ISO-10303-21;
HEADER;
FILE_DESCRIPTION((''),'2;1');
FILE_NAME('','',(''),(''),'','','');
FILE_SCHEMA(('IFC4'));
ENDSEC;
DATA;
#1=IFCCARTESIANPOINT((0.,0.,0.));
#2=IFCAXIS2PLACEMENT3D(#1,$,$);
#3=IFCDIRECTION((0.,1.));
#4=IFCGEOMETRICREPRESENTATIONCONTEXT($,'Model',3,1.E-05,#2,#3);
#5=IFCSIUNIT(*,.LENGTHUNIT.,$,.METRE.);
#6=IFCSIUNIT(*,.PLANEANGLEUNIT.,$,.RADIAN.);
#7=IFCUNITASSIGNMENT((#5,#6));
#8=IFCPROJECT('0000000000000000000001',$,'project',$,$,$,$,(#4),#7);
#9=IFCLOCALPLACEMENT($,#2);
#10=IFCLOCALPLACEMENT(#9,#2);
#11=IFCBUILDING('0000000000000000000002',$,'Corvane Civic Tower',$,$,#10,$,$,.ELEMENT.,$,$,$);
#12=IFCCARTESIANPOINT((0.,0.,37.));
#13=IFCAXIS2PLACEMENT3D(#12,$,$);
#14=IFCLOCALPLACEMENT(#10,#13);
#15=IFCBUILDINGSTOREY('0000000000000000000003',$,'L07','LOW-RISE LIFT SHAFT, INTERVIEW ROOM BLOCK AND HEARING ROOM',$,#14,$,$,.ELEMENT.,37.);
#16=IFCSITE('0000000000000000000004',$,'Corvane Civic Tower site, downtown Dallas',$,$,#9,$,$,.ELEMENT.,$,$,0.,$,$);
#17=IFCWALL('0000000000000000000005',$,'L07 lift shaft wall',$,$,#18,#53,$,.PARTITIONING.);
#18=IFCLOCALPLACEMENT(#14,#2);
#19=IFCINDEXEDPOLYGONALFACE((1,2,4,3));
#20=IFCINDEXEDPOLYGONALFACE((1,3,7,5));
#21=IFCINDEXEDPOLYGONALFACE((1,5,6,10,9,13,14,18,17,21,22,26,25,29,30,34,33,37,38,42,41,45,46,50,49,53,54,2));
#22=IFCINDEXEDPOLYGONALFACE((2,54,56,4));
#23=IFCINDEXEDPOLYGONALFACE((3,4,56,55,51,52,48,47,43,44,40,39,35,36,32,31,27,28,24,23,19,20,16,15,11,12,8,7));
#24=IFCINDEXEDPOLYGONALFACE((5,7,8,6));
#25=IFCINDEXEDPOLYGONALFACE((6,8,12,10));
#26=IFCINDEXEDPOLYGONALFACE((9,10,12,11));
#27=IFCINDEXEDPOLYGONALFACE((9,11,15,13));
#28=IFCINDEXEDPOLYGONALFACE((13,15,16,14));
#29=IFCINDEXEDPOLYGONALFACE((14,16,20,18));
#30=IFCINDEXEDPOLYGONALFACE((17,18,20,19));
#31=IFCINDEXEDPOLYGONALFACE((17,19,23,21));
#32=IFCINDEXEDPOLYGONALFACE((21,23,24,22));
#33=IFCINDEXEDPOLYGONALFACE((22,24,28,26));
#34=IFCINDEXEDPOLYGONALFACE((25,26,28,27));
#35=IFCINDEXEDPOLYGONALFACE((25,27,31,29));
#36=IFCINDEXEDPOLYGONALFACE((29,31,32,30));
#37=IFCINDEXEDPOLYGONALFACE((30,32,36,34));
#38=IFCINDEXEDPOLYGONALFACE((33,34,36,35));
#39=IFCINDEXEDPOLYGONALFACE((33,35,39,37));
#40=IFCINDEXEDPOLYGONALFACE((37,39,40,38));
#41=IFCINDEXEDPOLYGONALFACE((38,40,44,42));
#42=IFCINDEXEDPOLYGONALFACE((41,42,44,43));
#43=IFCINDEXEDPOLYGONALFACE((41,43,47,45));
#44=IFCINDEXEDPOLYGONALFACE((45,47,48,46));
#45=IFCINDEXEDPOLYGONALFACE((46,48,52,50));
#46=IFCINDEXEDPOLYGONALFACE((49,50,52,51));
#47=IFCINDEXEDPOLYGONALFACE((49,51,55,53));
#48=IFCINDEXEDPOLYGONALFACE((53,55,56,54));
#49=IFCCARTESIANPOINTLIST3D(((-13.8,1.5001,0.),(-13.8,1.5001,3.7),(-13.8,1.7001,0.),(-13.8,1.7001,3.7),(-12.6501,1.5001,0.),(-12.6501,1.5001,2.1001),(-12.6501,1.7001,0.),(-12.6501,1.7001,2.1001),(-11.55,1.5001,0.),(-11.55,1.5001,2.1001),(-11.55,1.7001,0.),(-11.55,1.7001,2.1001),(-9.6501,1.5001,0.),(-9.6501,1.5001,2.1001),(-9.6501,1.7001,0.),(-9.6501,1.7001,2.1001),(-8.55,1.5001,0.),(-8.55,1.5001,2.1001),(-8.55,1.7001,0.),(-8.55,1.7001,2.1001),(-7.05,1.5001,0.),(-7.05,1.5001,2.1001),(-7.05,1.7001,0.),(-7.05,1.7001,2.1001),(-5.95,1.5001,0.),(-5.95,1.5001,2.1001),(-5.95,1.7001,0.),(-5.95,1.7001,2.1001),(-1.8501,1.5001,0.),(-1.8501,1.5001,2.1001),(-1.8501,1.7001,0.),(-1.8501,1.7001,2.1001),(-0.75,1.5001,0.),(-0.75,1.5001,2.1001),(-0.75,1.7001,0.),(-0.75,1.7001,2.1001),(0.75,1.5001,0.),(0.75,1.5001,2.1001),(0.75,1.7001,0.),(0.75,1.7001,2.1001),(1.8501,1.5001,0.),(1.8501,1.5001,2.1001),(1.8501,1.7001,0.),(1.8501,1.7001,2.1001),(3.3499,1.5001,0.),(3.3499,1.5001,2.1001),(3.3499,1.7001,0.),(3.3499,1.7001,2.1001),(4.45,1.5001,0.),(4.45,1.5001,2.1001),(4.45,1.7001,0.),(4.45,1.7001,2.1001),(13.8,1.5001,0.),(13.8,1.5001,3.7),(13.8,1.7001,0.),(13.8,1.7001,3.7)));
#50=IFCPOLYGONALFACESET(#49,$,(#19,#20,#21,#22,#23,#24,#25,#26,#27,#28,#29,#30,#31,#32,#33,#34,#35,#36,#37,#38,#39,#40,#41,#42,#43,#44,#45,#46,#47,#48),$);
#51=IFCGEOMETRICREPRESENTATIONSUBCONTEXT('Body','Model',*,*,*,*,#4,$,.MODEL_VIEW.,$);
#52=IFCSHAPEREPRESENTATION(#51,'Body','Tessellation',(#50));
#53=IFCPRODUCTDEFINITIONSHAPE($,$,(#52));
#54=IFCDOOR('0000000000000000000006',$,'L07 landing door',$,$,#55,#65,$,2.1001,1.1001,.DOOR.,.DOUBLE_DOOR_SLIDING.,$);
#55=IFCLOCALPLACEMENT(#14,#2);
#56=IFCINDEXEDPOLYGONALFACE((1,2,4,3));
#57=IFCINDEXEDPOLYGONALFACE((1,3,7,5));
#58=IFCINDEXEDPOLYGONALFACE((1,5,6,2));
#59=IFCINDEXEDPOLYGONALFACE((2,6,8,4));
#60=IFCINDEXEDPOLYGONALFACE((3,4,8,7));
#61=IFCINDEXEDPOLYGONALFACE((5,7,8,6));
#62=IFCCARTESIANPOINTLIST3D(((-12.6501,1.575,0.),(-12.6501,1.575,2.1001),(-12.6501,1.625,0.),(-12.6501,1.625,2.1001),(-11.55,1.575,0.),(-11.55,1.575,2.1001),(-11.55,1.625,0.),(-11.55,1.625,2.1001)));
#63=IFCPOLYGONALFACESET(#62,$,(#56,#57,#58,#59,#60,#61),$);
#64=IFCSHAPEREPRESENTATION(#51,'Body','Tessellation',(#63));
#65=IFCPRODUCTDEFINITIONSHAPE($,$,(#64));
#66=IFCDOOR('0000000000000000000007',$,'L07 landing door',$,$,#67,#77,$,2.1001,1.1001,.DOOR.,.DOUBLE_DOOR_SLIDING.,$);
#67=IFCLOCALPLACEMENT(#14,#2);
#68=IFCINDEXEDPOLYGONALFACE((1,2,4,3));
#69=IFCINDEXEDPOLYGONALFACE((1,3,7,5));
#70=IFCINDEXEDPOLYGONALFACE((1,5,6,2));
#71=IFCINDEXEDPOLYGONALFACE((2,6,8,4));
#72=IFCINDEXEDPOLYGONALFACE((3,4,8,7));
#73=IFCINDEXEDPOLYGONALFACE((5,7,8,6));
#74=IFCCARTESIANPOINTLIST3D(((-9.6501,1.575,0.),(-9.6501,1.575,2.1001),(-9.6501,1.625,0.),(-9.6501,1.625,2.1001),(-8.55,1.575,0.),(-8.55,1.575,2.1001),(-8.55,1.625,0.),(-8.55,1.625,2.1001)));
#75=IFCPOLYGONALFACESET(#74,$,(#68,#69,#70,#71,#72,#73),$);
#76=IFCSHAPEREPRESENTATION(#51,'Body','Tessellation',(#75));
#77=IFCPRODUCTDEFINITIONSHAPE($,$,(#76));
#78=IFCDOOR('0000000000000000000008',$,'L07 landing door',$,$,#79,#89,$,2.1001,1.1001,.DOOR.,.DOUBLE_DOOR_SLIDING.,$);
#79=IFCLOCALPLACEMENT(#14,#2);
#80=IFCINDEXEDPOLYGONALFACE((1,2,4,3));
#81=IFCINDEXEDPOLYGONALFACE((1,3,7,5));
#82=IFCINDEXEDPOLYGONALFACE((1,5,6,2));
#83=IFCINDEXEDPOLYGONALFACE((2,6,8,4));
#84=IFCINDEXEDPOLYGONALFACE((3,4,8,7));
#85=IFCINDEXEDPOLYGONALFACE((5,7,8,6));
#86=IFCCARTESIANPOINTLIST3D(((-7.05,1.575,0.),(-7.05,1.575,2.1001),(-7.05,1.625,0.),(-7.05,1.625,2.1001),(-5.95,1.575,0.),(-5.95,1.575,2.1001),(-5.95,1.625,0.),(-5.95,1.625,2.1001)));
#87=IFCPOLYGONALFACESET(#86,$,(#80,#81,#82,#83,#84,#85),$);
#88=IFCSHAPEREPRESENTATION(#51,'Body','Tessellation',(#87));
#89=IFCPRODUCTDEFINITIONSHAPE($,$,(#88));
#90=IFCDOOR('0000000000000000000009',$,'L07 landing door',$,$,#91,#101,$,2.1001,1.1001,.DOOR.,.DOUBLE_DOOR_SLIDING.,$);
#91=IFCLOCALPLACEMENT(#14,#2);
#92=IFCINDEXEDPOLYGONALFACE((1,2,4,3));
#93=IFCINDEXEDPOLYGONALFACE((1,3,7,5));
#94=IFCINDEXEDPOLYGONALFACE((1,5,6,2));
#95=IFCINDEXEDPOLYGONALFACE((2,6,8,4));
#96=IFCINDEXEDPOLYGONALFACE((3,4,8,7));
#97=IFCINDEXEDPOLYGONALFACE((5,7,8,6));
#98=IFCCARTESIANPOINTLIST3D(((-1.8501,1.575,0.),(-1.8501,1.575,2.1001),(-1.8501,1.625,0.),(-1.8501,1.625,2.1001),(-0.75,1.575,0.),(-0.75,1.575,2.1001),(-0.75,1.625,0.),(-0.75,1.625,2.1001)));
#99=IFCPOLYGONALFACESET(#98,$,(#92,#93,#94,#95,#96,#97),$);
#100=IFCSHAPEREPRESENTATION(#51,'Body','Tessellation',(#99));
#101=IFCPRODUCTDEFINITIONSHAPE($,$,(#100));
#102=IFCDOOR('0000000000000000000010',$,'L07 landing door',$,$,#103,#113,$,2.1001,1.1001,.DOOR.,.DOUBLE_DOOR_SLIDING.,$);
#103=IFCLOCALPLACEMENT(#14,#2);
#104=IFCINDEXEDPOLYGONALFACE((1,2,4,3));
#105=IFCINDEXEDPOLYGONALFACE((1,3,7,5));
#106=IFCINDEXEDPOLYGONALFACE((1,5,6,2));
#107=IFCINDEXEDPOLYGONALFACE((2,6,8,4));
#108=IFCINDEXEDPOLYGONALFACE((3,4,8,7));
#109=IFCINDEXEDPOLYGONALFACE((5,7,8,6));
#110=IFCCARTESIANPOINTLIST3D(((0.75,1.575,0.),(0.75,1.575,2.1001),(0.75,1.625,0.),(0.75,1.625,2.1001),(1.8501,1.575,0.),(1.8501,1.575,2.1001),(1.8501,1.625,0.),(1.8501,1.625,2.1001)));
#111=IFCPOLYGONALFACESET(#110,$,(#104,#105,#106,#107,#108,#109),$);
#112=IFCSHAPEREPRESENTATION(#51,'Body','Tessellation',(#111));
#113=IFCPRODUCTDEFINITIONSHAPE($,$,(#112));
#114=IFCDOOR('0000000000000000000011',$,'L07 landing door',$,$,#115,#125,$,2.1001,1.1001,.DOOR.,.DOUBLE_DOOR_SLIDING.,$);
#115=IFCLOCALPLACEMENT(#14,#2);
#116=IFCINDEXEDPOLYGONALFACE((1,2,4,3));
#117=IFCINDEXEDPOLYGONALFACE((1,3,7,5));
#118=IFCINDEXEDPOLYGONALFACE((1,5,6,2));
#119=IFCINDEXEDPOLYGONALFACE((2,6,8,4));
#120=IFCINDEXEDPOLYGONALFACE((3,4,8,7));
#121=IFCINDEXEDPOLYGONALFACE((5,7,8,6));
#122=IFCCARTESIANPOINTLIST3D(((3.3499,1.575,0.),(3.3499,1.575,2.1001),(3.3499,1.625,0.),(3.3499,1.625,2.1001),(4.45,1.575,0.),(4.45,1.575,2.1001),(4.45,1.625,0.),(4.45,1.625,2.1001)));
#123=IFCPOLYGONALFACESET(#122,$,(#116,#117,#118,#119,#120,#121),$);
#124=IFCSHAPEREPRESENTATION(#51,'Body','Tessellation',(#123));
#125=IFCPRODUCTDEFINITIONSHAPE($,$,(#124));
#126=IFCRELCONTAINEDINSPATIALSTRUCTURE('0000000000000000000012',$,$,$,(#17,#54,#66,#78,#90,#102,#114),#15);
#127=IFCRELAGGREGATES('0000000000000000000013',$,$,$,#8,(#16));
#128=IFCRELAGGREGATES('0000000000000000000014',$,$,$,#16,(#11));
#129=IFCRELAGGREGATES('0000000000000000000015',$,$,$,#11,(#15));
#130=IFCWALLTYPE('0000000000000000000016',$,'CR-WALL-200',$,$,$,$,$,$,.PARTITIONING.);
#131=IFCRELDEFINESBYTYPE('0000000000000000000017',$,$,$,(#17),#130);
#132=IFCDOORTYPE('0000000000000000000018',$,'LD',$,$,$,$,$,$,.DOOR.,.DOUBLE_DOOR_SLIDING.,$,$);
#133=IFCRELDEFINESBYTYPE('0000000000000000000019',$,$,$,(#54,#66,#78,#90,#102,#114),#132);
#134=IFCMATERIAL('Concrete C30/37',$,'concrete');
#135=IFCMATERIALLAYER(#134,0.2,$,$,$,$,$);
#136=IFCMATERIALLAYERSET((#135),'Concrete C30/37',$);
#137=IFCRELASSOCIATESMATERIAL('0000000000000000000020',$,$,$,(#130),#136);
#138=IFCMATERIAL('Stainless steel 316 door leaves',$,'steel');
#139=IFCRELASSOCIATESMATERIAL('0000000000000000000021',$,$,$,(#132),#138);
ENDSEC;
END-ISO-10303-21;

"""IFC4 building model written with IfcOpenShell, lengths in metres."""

from ifc_helpers import new_model, si_unit, direction, frame, frame_2d, origin, place, context, subcontext, project, spatial, rectangle, extrude, material, layer, layer_set, type_object, element, fill, save


model = new_model("IFC4")

# Units and contexts
model_context = context("Model", 3, precision=1e-05, world=origin(), true_north=direction((0.0, 1.0)))
body_context = subcontext(model_context, "Body", "Model", "MODEL_VIEW")
ifc_project = project(units=[si_unit("LENGTHUNIT", "METRE"), si_unit("PLANEANGLEUNIT", "RADIAN")], contexts=[model_context])

# Site, building, storey
site_placement = place(None, origin())
site = spatial("IfcSite", under=ifc_project, at=site_placement, Name="Corvane Civic Tower site, downtown Dallas", CompositionType="ELEMENT", RefElevation=0.0)
building_placement = place(site_placement, origin())
building = spatial("IfcBuilding", under=site, at=building_placement, Name="Corvane Civic Tower", CompositionType="ELEMENT")
storey_placement = place(building_placement, frame((0.0, 0.0, 37.0)))
storey = spatial("IfcBuildingStorey", under=building, at=storey_placement, Name="L07", Description="LOW-RISE LIFT SHAFT, INTERVIEW ROOM BLOCK AND HEARING ROOM", CompositionType="ELEMENT", Elevation=37.0)

# Wall, openings, doors
ifc_material_1 = material(Name="Concrete C30/37", Category="concrete")
ifc_layer = layer(ifc_material_1, 0.2)
ifc_layer_set = layer_set([ifc_layer], Name="Concrete C30/37")
wall_type = type_object("IfcWallType", Name="CR-WALL-200", PredefinedType="PARTITIONING", material=ifc_layer_set)
ifc_material_2 = material(Name="Stainless steel 316 door leaves", Category="steel")
door_type_1 = type_object("IfcDoorType", Name="LD", OperationType="DOUBLE_DOOR_SLIDING", PredefinedType="DOOR", material=ifc_material_2)
wall_1_placement = place(storey_placement, frame((-13.8, 1.6001, 0.0), z_axis=(0.0, 0.0, 1.0), x_axis=(1.0, 0.0, 0.0)))
wall_1 = element("IfcWall", 1, at=wall_1_placement, inside=storey, type_object=wall_type, Name="L07 lift shaft wall", PredefinedType="PARTITIONING", context=body_context, shape_type="SweptSolid", body=[
    extrude(rectangle(XDim=27.6001, YDim=0.2, at=frame_2d((13.8, 0.0))), origin(), (0.0, 0.0, 1.0), 3.7),
])
opening_1_placement = place(wall_1_placement, frame((1.1499, 0.0, 0.0)))
opening_1 = element("IfcOpeningElement", 2, at=opening_1_placement, cuts=wall_1, PredefinedType="OPENING", context=body_context, shape_type="SweptSolid", body=[
    extrude(rectangle(XDim=1.1001, YDim=2.1001, at=frame_2d((0.55, 1.05))), frame((0.0, 0.1099, 0.0), z_axis=(0.0, -1.0, 0.0), x_axis=(1.0, 0.0, 0.0)), (0.0, 0.0, 1.0), 0.22),
])
opening_2_placement = place(wall_1_placement, frame((4.1499, 0.0, 0.0)))
opening_2 = element("IfcOpeningElement", 3, at=opening_2_placement, cuts=wall_1, PredefinedType="OPENING", context=body_context, shape_type="SweptSolid", body=[
    extrude(rectangle(XDim=1.1001, YDim=2.1001, at=frame_2d((0.55, 1.05))), frame((0.0, 0.1099, 0.0), z_axis=(0.0, -1.0, 0.0), x_axis=(1.0, 0.0, 0.0)), (0.0, 0.0, 1.0), 0.22),
])
opening_3_placement = place(wall_1_placement, frame((6.75, 0.0, 0.0)))
opening_3 = element("IfcOpeningElement", 4, at=opening_3_placement, cuts=wall_1, PredefinedType="OPENING", context=body_context, shape_type="SweptSolid", body=[
    extrude(rectangle(XDim=1.1001, YDim=2.1001, at=frame_2d((0.55, 1.05))), frame((0.0, 0.1099, 0.0), z_axis=(0.0, -1.0, 0.0), x_axis=(1.0, 0.0, 0.0)), (0.0, 0.0, 1.0), 0.22),
])
opening_4_placement = place(wall_1_placement, frame((11.95, 0.0, 0.0)))
opening_4 = element("IfcOpeningElement", 5, at=opening_4_placement, cuts=wall_1, PredefinedType="OPENING", context=body_context, shape_type="SweptSolid", body=[
    extrude(rectangle(XDim=1.1001, YDim=2.1001, at=frame_2d((0.55, 1.05))), frame((0.0, 0.1099, 0.0), z_axis=(0.0, -1.0, 0.0), x_axis=(1.0, 0.0, 0.0)), (0.0, 0.0, 1.0), 0.22),
])
opening_5_placement = place(wall_1_placement, frame((14.55, 0.0, 0.0)))
opening_5 = element("IfcOpeningElement", 6, at=opening_5_placement, cuts=wall_1, PredefinedType="OPENING", context=body_context, shape_type="SweptSolid", body=[
    extrude(rectangle(XDim=1.1001, YDim=2.1001, at=frame_2d((0.55, 1.05))), frame((0.0, 0.1099, 0.0), z_axis=(0.0, -1.0, 0.0), x_axis=(1.0, 0.0, 0.0)), (0.0, 0.0, 1.0), 0.22),
])
opening_6_placement = place(wall_1_placement, frame((17.1499, 0.0, 0.0)))
opening_6 = element("IfcOpeningElement", 7, at=opening_6_placement, cuts=wall_1, PredefinedType="OPENING", context=body_context, shape_type="SweptSolid", body=[
    extrude(rectangle(XDim=1.1001, YDim=2.1001, at=frame_2d((0.55, 1.05))), frame((0.0, 0.1099, 0.0), z_axis=(0.0, -1.0, 0.0), x_axis=(1.0, 0.0, 0.0)), (0.0, 0.0, 1.0), 0.22),
])
door_1_placement = place(opening_1_placement, origin())
door_1 = element("IfcDoor", 8, at=door_1_placement, inside=storey, type_object=door_type_1, Name="L07 landing door", OperationType="DOUBLE_DOOR_SLIDING", OverallHeight=2.1001, OverallWidth=1.1001, PredefinedType="DOOR", context=body_context, shape_type="SweptSolid", body=[
    extrude(rectangle(XDim=1.1001, YDim=2.1001, at=frame_2d((0.55, 1.05))), frame((0.0, 0.0249, 0.0), z_axis=(0.0, -1.0, 0.0), x_axis=(1.0, 0.0, 0.0)), (0.0, 0.0, 1.0), 0.05),
])
fill(opening_1, door_1)
door_2_placement = place(opening_2_placement, origin())
door_2 = element("IfcDoor", 9, at=door_2_placement, inside=storey, type_object=door_type_1, Name="L07 landing door", OperationType="DOUBLE_DOOR_SLIDING", OverallHeight=2.1001, OverallWidth=1.1001, PredefinedType="DOOR", context=body_context, shape_type="SweptSolid", body=[
    extrude(rectangle(XDim=1.1001, YDim=2.1001, at=frame_2d((0.55, 1.05))), frame((0.0, 0.0249, 0.0), z_axis=(0.0, -1.0, 0.0), x_axis=(1.0, 0.0, 0.0)), (0.0, 0.0, 1.0), 0.05),
])
fill(opening_2, door_2)
door_3_placement = place(opening_3_placement, origin())
door_3 = element("IfcDoor", 10, at=door_3_placement, inside=storey, type_object=door_type_1, Name="L07 landing door", OperationType="DOUBLE_DOOR_SLIDING", OverallHeight=2.1001, OverallWidth=1.1001, PredefinedType="DOOR", context=body_context, shape_type="SweptSolid", body=[
    extrude(rectangle(XDim=1.1001, YDim=2.1001, at=frame_2d((0.55, 1.05))), frame((0.0, 0.0249, 0.0), z_axis=(0.0, -1.0, 0.0), x_axis=(1.0, 0.0, 0.0)), (0.0, 0.0, 1.0), 0.05),
])
fill(opening_3, door_3)
door_4_placement = place(opening_4_placement, origin())
door_4 = element("IfcDoor", 11, at=door_4_placement, inside=storey, type_object=door_type_1, Name="L07 landing door", OperationType="DOUBLE_DOOR_SLIDING", OverallHeight=2.1001, OverallWidth=1.1001, PredefinedType="DOOR", context=body_context, shape_type="SweptSolid", body=[
    extrude(rectangle(XDim=1.1001, YDim=2.1001, at=frame_2d((0.55, 1.05))), frame((0.0, 0.0249, 0.0), z_axis=(0.0, -1.0, 0.0), x_axis=(1.0, 0.0, 0.0)), (0.0, 0.0, 1.0), 0.05),
])
fill(opening_4, door_4)
door_5_placement = place(opening_5_placement, origin())
door_5 = element("IfcDoor", 12, at=door_5_placement, inside=storey, type_object=door_type_1, Name="L07 landing door", OperationType="DOUBLE_DOOR_SLIDING", OverallHeight=2.1001, OverallWidth=1.1001, PredefinedType="DOOR", context=body_context, shape_type="SweptSolid", body=[
    extrude(rectangle(XDim=1.1001, YDim=2.1001, at=frame_2d((0.55, 1.05))), frame((0.0, 0.0249, 0.0), z_axis=(0.0, -1.0, 0.0), x_axis=(1.0, 0.0, 0.0)), (0.0, 0.0, 1.0), 0.05),
])
fill(opening_5, door_5)
door_6_placement = place(opening_6_placement, origin())
door_6 = element("IfcDoor", 13, at=door_6_placement, inside=storey, type_object=door_type_1, Name="L07 landing door", OperationType="DOUBLE_DOOR_SLIDING", OverallHeight=2.1001, OverallWidth=1.1001, PredefinedType="DOOR", context=body_context, shape_type="SweptSolid", body=[
    extrude(rectangle(XDim=1.1001, YDim=2.1001, at=frame_2d((0.55, 1.05))), frame((0.0, 0.0249, 0.0), z_axis=(0.0, -1.0, 0.0), x_axis=(1.0, 0.0, 0.0)), (0.0, 0.0, 1.0), 0.05),
])
fill(opening_6, door_6)

save(model, "model.ifc")
